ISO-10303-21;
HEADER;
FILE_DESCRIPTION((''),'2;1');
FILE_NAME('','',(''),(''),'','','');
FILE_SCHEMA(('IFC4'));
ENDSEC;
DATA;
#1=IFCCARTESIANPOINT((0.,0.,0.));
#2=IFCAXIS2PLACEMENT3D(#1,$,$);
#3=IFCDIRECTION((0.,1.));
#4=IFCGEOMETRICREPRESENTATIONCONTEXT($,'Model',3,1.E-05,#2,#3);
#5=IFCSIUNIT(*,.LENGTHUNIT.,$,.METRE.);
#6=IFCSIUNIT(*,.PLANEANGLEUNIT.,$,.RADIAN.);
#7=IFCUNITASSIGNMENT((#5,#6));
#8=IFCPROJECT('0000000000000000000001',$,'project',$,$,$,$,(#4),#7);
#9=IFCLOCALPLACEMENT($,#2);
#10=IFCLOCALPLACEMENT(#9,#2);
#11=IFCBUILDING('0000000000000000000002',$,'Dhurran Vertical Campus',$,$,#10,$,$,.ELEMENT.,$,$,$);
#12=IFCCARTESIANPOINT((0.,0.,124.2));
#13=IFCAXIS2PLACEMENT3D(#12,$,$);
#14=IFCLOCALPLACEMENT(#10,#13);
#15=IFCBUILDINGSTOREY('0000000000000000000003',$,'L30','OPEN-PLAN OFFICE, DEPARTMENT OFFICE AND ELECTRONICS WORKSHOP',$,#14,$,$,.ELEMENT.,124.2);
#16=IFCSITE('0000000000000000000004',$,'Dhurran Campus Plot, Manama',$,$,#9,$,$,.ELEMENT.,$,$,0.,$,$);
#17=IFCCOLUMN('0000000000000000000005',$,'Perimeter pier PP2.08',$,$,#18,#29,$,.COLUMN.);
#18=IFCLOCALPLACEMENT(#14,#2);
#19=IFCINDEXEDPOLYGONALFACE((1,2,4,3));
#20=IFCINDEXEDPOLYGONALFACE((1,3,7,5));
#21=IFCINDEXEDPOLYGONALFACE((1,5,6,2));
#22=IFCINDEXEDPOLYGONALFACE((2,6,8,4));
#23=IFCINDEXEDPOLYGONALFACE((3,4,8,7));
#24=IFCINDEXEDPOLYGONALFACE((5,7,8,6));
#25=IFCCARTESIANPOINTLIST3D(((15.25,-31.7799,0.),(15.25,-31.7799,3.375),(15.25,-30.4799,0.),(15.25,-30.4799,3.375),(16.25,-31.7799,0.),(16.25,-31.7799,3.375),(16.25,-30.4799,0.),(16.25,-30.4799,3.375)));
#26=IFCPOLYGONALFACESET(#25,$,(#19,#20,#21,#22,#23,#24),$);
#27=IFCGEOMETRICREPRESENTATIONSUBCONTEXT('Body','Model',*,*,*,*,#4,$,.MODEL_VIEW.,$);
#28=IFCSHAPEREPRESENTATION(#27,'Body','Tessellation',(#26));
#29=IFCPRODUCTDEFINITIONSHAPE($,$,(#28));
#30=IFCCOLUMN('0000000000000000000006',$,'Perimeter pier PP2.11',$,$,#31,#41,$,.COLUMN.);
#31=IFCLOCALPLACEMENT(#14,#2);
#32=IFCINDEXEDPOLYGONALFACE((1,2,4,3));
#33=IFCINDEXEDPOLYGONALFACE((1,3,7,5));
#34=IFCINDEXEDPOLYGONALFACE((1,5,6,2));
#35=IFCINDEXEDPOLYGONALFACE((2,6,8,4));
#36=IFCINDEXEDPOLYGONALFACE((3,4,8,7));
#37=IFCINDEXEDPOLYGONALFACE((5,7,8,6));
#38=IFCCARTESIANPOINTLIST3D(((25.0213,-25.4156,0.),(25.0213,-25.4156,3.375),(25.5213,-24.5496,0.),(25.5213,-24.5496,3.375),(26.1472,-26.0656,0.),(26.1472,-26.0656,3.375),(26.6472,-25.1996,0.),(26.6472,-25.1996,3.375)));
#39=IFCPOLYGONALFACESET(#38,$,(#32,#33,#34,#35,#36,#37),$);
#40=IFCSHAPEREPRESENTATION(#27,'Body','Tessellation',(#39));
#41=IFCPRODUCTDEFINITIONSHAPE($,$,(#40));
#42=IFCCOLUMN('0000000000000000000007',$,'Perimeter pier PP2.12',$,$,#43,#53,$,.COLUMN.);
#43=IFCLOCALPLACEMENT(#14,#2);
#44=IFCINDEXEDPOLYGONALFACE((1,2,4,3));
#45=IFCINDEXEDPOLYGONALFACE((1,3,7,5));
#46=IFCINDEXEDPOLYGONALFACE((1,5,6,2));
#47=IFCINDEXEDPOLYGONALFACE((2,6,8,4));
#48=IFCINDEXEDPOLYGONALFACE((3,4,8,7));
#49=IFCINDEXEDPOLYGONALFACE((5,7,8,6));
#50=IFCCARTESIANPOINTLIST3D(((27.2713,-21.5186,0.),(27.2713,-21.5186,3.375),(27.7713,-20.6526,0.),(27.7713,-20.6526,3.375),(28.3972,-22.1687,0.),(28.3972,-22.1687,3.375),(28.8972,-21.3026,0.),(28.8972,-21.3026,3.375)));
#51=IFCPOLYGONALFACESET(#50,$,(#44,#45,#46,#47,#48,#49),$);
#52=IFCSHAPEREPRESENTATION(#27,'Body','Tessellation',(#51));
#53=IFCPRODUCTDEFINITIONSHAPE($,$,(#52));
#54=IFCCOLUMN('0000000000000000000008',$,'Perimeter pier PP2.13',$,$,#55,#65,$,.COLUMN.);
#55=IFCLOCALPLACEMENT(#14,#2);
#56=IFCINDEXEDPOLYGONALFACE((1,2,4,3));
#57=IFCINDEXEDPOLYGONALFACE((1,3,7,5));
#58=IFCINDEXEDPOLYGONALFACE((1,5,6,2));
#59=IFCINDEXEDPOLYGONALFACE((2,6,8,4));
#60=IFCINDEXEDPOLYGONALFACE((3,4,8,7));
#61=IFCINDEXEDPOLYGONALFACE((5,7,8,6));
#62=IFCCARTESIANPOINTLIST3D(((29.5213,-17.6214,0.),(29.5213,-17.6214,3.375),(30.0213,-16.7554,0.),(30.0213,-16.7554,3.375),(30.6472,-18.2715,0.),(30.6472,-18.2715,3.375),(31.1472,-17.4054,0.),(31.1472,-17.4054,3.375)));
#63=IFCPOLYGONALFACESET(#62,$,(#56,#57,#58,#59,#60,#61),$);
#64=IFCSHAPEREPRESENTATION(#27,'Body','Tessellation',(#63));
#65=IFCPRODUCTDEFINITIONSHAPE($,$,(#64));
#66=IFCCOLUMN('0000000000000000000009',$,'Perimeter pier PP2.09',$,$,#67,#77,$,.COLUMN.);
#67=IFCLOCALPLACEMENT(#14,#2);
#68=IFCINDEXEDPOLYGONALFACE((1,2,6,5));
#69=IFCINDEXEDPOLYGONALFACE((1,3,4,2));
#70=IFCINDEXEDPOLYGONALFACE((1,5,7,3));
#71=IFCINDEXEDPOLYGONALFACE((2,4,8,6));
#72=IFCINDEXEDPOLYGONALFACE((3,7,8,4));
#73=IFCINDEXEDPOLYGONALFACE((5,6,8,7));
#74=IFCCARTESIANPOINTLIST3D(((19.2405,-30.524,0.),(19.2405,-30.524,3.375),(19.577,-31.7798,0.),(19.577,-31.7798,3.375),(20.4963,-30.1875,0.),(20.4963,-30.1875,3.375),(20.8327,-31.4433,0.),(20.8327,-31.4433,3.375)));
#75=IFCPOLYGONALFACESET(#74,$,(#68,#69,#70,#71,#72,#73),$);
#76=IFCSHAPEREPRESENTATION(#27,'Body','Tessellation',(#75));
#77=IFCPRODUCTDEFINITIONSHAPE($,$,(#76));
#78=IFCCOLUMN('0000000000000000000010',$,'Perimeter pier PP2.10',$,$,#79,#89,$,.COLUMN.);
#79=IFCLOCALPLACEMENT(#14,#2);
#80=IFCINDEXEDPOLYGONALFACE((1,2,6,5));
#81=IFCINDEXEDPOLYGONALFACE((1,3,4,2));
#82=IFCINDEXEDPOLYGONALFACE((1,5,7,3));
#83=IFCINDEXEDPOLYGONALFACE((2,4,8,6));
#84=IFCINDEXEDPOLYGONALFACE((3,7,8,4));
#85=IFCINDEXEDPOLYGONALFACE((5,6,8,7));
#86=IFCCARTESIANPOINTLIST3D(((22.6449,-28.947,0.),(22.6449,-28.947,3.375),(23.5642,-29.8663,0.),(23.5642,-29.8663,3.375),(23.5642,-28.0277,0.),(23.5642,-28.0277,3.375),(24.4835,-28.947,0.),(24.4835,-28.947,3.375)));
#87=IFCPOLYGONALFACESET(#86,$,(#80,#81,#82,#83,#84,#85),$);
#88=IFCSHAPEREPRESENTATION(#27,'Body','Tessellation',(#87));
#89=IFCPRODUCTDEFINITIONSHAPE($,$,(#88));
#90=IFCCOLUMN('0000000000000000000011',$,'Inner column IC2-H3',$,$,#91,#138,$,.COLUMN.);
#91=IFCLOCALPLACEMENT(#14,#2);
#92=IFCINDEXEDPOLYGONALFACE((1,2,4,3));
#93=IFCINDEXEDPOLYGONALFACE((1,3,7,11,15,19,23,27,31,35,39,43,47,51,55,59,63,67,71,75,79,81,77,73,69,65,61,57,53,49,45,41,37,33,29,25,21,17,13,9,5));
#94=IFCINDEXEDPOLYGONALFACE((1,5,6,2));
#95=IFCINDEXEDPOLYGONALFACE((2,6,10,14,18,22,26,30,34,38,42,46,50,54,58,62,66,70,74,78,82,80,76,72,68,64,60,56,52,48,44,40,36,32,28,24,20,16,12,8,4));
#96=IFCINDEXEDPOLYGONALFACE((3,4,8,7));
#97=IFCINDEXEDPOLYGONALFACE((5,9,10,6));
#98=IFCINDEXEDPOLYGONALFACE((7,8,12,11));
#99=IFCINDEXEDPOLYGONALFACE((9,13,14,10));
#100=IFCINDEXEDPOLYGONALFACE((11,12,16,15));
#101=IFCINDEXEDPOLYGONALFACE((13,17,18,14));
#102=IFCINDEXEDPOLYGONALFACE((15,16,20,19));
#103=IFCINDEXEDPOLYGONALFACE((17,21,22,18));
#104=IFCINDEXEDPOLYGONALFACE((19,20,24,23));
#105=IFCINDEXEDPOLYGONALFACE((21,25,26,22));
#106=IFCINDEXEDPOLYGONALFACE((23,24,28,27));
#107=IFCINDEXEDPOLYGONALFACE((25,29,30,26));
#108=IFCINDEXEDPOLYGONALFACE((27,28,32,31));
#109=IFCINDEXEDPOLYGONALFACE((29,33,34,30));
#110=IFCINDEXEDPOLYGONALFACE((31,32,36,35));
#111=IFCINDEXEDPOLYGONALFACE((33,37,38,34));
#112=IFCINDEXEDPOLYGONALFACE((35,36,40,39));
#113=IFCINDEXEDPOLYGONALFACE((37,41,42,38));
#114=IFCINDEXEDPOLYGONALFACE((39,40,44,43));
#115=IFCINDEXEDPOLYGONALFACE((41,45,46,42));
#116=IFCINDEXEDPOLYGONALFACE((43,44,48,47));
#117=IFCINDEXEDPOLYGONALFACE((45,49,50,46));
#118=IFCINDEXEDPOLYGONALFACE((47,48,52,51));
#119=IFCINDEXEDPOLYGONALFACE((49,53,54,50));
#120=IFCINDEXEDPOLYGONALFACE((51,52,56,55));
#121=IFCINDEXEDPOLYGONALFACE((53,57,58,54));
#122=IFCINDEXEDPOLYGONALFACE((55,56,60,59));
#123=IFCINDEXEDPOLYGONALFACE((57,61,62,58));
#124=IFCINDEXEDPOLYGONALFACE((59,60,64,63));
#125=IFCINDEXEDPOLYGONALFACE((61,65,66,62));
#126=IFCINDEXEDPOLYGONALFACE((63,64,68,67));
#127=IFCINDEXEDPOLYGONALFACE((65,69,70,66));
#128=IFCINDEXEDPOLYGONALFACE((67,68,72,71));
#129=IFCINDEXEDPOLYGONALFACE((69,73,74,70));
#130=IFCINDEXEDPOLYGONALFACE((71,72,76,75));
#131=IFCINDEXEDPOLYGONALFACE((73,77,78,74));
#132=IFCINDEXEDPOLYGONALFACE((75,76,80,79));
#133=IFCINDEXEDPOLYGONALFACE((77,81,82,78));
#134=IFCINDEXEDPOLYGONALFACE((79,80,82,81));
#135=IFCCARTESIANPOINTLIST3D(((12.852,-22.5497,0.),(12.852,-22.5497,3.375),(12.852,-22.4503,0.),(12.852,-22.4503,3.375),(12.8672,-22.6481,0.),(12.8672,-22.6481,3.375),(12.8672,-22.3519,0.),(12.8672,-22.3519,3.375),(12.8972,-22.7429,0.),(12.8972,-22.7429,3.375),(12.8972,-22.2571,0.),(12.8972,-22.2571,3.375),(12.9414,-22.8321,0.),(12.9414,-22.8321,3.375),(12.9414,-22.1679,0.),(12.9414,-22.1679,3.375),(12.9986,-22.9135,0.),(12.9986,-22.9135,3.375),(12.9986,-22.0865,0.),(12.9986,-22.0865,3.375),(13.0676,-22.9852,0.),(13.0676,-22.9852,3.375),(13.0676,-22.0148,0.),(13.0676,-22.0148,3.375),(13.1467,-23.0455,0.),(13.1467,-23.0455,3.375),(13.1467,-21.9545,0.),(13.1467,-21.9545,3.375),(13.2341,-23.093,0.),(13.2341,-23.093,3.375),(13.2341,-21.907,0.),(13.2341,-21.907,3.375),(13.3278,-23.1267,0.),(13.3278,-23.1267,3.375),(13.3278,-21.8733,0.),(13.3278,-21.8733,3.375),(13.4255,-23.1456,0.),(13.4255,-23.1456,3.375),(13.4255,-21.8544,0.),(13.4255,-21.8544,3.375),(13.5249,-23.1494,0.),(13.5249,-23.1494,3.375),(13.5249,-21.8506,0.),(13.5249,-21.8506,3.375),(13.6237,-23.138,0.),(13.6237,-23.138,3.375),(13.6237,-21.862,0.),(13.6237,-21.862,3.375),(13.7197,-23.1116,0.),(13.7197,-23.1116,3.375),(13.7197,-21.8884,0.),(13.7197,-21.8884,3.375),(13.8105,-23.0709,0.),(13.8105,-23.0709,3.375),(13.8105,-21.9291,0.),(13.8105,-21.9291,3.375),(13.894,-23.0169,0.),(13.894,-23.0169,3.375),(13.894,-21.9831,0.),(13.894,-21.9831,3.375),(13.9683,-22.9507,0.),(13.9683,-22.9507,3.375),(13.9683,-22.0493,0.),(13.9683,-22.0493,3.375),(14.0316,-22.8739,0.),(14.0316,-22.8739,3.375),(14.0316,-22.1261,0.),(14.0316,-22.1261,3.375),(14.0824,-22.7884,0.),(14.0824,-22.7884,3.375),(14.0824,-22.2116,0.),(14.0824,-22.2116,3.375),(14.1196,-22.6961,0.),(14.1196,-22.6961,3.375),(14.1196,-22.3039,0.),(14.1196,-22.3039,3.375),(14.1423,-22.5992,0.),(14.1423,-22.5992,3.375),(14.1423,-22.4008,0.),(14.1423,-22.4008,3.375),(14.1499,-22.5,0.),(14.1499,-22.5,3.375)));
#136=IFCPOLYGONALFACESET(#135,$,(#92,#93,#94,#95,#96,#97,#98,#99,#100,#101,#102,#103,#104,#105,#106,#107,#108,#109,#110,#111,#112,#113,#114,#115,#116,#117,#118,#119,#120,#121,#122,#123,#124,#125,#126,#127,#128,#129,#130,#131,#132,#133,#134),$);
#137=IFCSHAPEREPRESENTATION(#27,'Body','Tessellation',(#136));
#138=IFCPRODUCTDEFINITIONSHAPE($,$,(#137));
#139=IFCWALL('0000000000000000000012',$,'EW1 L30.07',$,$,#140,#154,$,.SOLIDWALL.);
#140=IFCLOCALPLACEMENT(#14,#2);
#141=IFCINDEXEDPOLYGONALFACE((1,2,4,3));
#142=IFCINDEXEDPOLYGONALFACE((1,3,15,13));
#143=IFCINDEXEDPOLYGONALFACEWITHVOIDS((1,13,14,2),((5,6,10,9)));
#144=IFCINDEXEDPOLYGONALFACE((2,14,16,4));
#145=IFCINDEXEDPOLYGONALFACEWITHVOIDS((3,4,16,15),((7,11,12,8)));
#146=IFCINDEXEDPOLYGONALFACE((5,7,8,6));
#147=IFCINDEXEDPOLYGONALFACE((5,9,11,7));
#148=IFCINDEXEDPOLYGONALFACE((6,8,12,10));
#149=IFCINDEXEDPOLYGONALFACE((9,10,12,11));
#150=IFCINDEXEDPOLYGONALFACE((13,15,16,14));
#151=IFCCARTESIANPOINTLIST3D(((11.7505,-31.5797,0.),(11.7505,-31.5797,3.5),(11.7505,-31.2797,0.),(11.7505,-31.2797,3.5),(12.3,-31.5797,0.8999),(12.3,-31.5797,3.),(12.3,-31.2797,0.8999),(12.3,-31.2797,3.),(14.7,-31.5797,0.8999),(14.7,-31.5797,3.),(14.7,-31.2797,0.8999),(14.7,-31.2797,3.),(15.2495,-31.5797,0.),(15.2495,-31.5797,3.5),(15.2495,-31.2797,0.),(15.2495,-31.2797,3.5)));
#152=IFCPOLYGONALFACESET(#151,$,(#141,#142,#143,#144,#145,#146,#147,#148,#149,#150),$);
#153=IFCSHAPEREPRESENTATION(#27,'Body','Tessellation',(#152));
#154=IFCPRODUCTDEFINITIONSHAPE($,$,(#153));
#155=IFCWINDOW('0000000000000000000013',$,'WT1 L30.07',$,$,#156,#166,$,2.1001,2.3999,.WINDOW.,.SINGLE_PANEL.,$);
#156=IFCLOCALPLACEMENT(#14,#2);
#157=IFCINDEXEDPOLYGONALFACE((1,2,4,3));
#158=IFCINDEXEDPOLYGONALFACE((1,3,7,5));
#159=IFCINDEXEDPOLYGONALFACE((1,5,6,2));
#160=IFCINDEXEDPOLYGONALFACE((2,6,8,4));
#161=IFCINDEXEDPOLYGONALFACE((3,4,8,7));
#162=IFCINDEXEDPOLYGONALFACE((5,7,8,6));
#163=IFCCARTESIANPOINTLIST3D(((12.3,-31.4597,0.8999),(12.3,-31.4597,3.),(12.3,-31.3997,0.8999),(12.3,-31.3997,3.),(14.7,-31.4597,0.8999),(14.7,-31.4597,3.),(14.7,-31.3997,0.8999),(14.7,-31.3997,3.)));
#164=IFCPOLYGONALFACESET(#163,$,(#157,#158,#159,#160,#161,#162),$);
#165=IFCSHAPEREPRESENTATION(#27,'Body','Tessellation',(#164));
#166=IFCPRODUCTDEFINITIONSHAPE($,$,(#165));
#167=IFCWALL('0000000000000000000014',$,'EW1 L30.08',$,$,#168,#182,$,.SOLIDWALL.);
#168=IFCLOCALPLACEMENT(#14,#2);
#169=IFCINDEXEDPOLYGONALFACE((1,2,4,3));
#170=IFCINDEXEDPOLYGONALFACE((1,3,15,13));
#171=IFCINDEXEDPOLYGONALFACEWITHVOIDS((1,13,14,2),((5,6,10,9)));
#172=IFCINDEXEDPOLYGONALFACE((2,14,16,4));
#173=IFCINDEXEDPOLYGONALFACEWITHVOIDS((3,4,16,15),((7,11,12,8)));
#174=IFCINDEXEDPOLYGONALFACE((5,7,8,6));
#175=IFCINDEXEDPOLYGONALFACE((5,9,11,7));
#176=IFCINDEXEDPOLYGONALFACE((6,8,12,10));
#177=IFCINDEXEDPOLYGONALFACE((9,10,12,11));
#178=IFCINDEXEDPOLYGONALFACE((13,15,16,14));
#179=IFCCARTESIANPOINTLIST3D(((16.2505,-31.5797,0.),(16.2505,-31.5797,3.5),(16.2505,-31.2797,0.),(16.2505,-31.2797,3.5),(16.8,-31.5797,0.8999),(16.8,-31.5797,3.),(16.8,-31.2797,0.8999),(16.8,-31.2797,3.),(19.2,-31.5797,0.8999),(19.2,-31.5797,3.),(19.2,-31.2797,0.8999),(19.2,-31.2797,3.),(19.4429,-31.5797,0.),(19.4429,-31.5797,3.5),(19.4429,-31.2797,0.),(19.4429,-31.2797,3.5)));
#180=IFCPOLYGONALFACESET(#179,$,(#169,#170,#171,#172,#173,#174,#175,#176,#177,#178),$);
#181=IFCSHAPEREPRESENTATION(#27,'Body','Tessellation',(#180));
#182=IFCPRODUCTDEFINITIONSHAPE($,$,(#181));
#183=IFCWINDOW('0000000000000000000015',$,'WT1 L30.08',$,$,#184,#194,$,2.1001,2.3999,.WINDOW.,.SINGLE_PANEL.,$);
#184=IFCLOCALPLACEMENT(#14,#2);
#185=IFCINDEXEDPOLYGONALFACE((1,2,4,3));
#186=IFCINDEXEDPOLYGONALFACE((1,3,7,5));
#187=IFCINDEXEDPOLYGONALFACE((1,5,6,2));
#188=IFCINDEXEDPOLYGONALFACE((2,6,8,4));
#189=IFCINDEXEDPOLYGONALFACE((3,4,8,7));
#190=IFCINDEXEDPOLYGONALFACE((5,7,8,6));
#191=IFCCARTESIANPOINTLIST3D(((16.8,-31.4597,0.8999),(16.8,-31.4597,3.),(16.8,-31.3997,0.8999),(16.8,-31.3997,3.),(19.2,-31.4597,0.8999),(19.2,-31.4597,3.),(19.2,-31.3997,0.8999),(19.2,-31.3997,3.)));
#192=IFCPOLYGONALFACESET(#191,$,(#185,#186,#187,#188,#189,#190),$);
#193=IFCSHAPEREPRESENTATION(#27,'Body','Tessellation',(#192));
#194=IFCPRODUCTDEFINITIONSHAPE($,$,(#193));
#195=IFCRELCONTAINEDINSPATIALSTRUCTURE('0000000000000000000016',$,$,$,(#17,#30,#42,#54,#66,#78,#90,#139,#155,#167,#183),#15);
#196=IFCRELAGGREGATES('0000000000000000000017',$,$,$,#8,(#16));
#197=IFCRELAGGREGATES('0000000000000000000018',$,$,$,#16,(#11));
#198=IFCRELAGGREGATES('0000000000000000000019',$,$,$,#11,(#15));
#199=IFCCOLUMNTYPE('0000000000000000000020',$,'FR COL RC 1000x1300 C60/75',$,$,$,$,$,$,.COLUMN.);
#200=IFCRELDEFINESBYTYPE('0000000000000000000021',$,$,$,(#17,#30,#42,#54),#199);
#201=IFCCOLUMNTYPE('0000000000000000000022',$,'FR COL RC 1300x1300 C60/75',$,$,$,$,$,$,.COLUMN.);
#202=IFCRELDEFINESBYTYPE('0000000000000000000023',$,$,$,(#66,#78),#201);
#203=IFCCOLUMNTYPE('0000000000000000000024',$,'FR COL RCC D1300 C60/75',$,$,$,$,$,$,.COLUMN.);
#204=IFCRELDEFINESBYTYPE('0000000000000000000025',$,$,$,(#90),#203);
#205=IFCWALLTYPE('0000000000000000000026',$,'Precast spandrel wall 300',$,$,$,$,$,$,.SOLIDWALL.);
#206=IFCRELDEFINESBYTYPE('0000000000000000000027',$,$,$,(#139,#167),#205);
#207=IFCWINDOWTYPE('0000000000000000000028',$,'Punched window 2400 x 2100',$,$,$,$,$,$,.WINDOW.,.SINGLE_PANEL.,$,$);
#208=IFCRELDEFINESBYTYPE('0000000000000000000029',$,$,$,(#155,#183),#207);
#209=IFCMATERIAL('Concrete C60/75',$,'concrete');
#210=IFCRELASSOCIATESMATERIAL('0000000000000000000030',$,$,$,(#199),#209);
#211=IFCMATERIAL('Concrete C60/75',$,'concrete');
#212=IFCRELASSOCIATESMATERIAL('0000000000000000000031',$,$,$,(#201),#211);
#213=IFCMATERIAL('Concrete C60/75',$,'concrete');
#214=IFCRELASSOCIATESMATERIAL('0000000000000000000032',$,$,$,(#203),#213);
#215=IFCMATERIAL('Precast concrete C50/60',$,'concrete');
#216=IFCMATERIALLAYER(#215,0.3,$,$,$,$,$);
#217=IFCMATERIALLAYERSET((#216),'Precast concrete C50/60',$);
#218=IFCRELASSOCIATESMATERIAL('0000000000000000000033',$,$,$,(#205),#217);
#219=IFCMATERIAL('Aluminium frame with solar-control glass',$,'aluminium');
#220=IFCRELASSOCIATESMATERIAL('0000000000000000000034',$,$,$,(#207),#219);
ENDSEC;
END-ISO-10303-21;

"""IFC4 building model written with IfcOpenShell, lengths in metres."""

from ifc_helpers import new_model, si_unit, direction, frame, frame_2d, origin, origin_2d, place, context, subcontext, project, spatial, rectangle, circle, extrude, material, layer, layer_set, material_profile, profile_set, type_object, element, fill, save


model = new_model("IFC4")

# Units and contexts
model_context = context("Model", 3, precision=1e-05, world=origin(), true_north=direction((0.0, 1.0)))
body_context = subcontext(model_context, "Body", "Model", "MODEL_VIEW")
ifc_project = project(units=[si_unit("LENGTHUNIT", "METRE"), si_unit("PLANEANGLEUNIT", "RADIAN")], contexts=[model_context])

# Site, building, storey
site_placement = place(None, origin())
site = spatial("IfcSite", under=ifc_project, at=site_placement, Name="Dhurran Campus Plot, Manama", CompositionType="ELEMENT", RefElevation=0.0)
building_placement = place(site_placement, origin())
building = spatial("IfcBuilding", under=site, at=building_placement, Name="Dhurran Vertical Campus", CompositionType="ELEMENT")
storey_placement = place(building_placement, frame((0.0, 0.0, 124.2)))
storey = spatial("IfcBuildingStorey", under=building, at=storey_placement, Name="L30", Description="OPEN-PLAN OFFICE, DEPARTMENT OFFICE AND ELECTRONICS WORKSHOP", CompositionType="ELEMENT", Elevation=124.2)

# Columns
ifc_material_1 = material(Name="Concrete C60/75", Category="concrete")
ifc_material_profile_1 = material_profile(ifc_material_1, rectangle(XDim=1.0, YDim=1.3, at=origin_2d()), Name="RC 1000x1300")
ifc_profile_set_1 = profile_set([ifc_material_profile_1], Name="Concrete C60/75")
column_type_1 = type_object("IfcColumnType", Name="FR COL RC 1000x1300 C60/75", PredefinedType="COLUMN", material=ifc_profile_set_1)
for number, where, z_axis, x_axis, name in (
    (1, (15.75, -31.1299, 0.0), (0.0, 0.0, 1.0), (1.0, 0.0, 0.0), "Perimeter pier PP2.08"),
    (2, (25.8342, -25.3076, 0.0), (0.0, 0.0, 1.0), (0.5, 0.866025, 0.0), "Perimeter pier PP2.11"),
    (3, (28.0842, -21.4106, 0.0), (0.0, 0.0, 1.0), (0.5, 0.866025, 0.0), "Perimeter pier PP2.12"),
    (4, (30.3342, -17.5134, 0.0), (0.0, 0.0, 1.0), (0.5, 0.866025, 0.0), "Perimeter pier PP2.13"),
):
    element("IfcColumn", number, at=place(storey_placement, frame(where, z_axis=z_axis, x_axis=x_axis)), inside=storey, type_object=column_type_1, Name=name, PredefinedType="COLUMN", context=body_context, shape_type="SweptSolid", body=[
        extrude(rectangle(XDim=1.0, YDim=1.3, at=origin_2d()), origin(), (0.0, 0.0, 1.0), 3.375),
    ])
ifc_material_2 = material(Name="Concrete C60/75", Category="concrete")
ifc_material_profile_2 = material_profile(ifc_material_2, rectangle(XDim=1.3, YDim=1.3, at=origin_2d()), Name="RC 1300x1300")
ifc_profile_set_2 = profile_set([ifc_material_profile_2], Name="Concrete C60/75")
column_type_2 = type_object("IfcColumnType", Name="FR COL RC 1300x1300 C60/75", PredefinedType="COLUMN", material=ifc_profile_set_2)
for number, where, z_axis, x_axis, name in (
    (5, (20.0366, -30.9836, 0.0), (0.0, 0.0, 1.0), (0.965926, 0.258819, 0.0), "Perimeter pier PP2.09"),
    (6, (23.5642, -28.947, 0.0), (0.0, 0.0, 1.0), (0.707107, 0.707107, 0.0), "Perimeter pier PP2.10"),
):
    element("IfcColumn", number, at=place(storey_placement, frame(where, z_axis=z_axis, x_axis=x_axis)), inside=storey, type_object=column_type_2, Name=name, PredefinedType="COLUMN", context=body_context, shape_type="SweptSolid", body=[
        extrude(rectangle(XDim=1.3, YDim=1.3, at=origin_2d()), origin(), (0.0, 0.0, 1.0), 3.375),
    ])
ifc_material_3 = material(Name="Concrete C60/75", Category="concrete")
ifc_material_profile_3 = material_profile(ifc_material_3, circle(Radius=0.6499, at=origin_2d()), Name="RCC D1300")
ifc_profile_set_3 = profile_set([ifc_material_profile_3], Name="Concrete C60/75")
column_type_3 = type_object("IfcColumnType", Name="FR COL RCC D1300 C60/75", PredefinedType="COLUMN", material=ifc_profile_set_3)
column_placement = place(storey_placement, frame((13.5, -22.5, 0.0), z_axis=(0.0, 0.0, 1.0), x_axis=(1.0, 0.0, 0.0)))
element("IfcColumn", 7, at=column_placement, inside=storey, type_object=column_type_3, Name="Inner column IC2-H3", PredefinedType="COLUMN", context=body_context, shape_type="SweptSolid", body=[
    extrude(circle(Radius=0.6499, at=origin_2d()), origin(), (0.0, 0.0, 1.0), 3.375),
])

# Walls, openings, windows
ifc_material_4 = material(Name="Precast concrete C50/60", Category="concrete")
ifc_layer_1 = layer(ifc_material_4, 0.3)
ifc_layer_set_1 = layer_set([ifc_layer_1], Name="Precast concrete C50/60")
wall_type_1 = type_object("IfcWallType", Name="Precast spandrel wall 300", PredefinedType="SOLIDWALL", material=ifc_layer_set_1)
wall_1_placement = place(storey_placement, frame((11.7505, -31.4297, 0.0), z_axis=(0.0, 0.0, 1.0), x_axis=(1.0, 0.0, 0.0)))
wall_1 = element("IfcWall", 8, at=wall_1_placement, inside=storey, type_object=wall_type_1, Name="EW1 L30.07", PredefinedType="SOLIDWALL", context=body_context, shape_type="SweptSolid", body=[
    extrude(rectangle(XDim=3.499, YDim=0.3, at=frame_2d((1.7495, 0.0))), origin(), (0.0, 0.0, 1.0), 3.5),
])
opening_1_placement = place(wall_1_placement, frame((0.5496, 0.0, 0.8999)))
opening_1 = element("IfcOpeningElement", 9, at=opening_1_placement, cuts=wall_1, PredefinedType="OPENING", context=body_context, shape_type="SweptSolid", body=[
    extrude(rectangle(XDim=2.3999, YDim=2.1001, at=frame_2d((1.2, 1.05))), frame((0.0, 0.1599, 0.0), z_axis=(0.0, -1.0, 0.0), x_axis=(1.0, 0.0, 0.0)), (0.0, 0.0, 1.0), 0.3201),
])
ifc_material_5 = material(Name="Aluminium frame with solar-control glass", Category="aluminium")
window_type = type_object("IfcWindowType", Name="Punched window 2400 x 2100", PartitioningType="SINGLE_PANEL", PredefinedType="WINDOW", material=ifc_material_5)
window_1_placement = place(opening_1_placement, origin())
window_1 = element("IfcWindow", 10, at=window_1_placement, inside=storey, type_object=window_type, Name="WT1 L30.07", OverallHeight=2.1001, OverallWidth=2.3999, PartitioningType="SINGLE_PANEL", PredefinedType="WINDOW", context=body_context, shape_type="SweptSolid", body=[
    extrude(rectangle(XDim=2.3999, YDim=2.1001, at=frame_2d((1.2, 1.05))), frame((0.0, 0.03, 0.0), z_axis=(0.0, -1.0, 0.0), x_axis=(1.0, 0.0, 0.0)), (0.0, 0.0, 1.0), 0.0601),
])
fill(opening_1, window_1)
wall_2_placement = place(storey_placement, frame((16.2505, -31.4297, 0.0), z_axis=(0.0, 0.0, 1.0), x_axis=(1.0, 0.0, 0.0)))
wall_2 = element("IfcWall", 11, at=wall_2_placement, inside=storey, type_object=wall_type_1, Name="EW1 L30.08", PredefinedType="SOLIDWALL", context=body_context, shape_type="SweptSolid", body=[
    extrude(rectangle(XDim=3.1924, YDim=0.3, at=frame_2d((1.5962, 0.0))), origin(), (0.0, 0.0, 1.0), 3.5),
])
opening_2_placement = place(wall_2_placement, frame((0.5496, 0.0, 0.8999)))
opening_2 = element("IfcOpeningElement", 12, at=opening_2_placement, cuts=wall_2, PredefinedType="OPENING", context=body_context, shape_type="SweptSolid", body=[
    extrude(rectangle(XDim=2.3999, YDim=2.1001, at=frame_2d((1.2, 1.05))), frame((0.0, 0.1599, 0.0), z_axis=(0.0, -1.0, 0.0), x_axis=(1.0, 0.0, 0.0)), (0.0, 0.0, 1.0), 0.3201),
])
window_2_placement = place(opening_2_placement, origin())
window_2 = element("IfcWindow", 13, at=window_2_placement, inside=storey, type_object=window_type, Name="WT1 L30.08", OverallHeight=2.1001, OverallWidth=2.3999, PartitioningType="SINGLE_PANEL", PredefinedType="WINDOW", context=body_context, shape_type="SweptSolid", body=[
    extrude(rectangle(XDim=2.3999, YDim=2.1001, at=frame_2d((1.2, 1.05))), frame((0.0, 0.03, 0.0), z_axis=(0.0, -1.0, 0.0), x_axis=(1.0, 0.0, 0.0)), (0.0, 0.0, 1.0), 0.0601),
])
fill(opening_2, window_2)

save(model, "model.ifc")
